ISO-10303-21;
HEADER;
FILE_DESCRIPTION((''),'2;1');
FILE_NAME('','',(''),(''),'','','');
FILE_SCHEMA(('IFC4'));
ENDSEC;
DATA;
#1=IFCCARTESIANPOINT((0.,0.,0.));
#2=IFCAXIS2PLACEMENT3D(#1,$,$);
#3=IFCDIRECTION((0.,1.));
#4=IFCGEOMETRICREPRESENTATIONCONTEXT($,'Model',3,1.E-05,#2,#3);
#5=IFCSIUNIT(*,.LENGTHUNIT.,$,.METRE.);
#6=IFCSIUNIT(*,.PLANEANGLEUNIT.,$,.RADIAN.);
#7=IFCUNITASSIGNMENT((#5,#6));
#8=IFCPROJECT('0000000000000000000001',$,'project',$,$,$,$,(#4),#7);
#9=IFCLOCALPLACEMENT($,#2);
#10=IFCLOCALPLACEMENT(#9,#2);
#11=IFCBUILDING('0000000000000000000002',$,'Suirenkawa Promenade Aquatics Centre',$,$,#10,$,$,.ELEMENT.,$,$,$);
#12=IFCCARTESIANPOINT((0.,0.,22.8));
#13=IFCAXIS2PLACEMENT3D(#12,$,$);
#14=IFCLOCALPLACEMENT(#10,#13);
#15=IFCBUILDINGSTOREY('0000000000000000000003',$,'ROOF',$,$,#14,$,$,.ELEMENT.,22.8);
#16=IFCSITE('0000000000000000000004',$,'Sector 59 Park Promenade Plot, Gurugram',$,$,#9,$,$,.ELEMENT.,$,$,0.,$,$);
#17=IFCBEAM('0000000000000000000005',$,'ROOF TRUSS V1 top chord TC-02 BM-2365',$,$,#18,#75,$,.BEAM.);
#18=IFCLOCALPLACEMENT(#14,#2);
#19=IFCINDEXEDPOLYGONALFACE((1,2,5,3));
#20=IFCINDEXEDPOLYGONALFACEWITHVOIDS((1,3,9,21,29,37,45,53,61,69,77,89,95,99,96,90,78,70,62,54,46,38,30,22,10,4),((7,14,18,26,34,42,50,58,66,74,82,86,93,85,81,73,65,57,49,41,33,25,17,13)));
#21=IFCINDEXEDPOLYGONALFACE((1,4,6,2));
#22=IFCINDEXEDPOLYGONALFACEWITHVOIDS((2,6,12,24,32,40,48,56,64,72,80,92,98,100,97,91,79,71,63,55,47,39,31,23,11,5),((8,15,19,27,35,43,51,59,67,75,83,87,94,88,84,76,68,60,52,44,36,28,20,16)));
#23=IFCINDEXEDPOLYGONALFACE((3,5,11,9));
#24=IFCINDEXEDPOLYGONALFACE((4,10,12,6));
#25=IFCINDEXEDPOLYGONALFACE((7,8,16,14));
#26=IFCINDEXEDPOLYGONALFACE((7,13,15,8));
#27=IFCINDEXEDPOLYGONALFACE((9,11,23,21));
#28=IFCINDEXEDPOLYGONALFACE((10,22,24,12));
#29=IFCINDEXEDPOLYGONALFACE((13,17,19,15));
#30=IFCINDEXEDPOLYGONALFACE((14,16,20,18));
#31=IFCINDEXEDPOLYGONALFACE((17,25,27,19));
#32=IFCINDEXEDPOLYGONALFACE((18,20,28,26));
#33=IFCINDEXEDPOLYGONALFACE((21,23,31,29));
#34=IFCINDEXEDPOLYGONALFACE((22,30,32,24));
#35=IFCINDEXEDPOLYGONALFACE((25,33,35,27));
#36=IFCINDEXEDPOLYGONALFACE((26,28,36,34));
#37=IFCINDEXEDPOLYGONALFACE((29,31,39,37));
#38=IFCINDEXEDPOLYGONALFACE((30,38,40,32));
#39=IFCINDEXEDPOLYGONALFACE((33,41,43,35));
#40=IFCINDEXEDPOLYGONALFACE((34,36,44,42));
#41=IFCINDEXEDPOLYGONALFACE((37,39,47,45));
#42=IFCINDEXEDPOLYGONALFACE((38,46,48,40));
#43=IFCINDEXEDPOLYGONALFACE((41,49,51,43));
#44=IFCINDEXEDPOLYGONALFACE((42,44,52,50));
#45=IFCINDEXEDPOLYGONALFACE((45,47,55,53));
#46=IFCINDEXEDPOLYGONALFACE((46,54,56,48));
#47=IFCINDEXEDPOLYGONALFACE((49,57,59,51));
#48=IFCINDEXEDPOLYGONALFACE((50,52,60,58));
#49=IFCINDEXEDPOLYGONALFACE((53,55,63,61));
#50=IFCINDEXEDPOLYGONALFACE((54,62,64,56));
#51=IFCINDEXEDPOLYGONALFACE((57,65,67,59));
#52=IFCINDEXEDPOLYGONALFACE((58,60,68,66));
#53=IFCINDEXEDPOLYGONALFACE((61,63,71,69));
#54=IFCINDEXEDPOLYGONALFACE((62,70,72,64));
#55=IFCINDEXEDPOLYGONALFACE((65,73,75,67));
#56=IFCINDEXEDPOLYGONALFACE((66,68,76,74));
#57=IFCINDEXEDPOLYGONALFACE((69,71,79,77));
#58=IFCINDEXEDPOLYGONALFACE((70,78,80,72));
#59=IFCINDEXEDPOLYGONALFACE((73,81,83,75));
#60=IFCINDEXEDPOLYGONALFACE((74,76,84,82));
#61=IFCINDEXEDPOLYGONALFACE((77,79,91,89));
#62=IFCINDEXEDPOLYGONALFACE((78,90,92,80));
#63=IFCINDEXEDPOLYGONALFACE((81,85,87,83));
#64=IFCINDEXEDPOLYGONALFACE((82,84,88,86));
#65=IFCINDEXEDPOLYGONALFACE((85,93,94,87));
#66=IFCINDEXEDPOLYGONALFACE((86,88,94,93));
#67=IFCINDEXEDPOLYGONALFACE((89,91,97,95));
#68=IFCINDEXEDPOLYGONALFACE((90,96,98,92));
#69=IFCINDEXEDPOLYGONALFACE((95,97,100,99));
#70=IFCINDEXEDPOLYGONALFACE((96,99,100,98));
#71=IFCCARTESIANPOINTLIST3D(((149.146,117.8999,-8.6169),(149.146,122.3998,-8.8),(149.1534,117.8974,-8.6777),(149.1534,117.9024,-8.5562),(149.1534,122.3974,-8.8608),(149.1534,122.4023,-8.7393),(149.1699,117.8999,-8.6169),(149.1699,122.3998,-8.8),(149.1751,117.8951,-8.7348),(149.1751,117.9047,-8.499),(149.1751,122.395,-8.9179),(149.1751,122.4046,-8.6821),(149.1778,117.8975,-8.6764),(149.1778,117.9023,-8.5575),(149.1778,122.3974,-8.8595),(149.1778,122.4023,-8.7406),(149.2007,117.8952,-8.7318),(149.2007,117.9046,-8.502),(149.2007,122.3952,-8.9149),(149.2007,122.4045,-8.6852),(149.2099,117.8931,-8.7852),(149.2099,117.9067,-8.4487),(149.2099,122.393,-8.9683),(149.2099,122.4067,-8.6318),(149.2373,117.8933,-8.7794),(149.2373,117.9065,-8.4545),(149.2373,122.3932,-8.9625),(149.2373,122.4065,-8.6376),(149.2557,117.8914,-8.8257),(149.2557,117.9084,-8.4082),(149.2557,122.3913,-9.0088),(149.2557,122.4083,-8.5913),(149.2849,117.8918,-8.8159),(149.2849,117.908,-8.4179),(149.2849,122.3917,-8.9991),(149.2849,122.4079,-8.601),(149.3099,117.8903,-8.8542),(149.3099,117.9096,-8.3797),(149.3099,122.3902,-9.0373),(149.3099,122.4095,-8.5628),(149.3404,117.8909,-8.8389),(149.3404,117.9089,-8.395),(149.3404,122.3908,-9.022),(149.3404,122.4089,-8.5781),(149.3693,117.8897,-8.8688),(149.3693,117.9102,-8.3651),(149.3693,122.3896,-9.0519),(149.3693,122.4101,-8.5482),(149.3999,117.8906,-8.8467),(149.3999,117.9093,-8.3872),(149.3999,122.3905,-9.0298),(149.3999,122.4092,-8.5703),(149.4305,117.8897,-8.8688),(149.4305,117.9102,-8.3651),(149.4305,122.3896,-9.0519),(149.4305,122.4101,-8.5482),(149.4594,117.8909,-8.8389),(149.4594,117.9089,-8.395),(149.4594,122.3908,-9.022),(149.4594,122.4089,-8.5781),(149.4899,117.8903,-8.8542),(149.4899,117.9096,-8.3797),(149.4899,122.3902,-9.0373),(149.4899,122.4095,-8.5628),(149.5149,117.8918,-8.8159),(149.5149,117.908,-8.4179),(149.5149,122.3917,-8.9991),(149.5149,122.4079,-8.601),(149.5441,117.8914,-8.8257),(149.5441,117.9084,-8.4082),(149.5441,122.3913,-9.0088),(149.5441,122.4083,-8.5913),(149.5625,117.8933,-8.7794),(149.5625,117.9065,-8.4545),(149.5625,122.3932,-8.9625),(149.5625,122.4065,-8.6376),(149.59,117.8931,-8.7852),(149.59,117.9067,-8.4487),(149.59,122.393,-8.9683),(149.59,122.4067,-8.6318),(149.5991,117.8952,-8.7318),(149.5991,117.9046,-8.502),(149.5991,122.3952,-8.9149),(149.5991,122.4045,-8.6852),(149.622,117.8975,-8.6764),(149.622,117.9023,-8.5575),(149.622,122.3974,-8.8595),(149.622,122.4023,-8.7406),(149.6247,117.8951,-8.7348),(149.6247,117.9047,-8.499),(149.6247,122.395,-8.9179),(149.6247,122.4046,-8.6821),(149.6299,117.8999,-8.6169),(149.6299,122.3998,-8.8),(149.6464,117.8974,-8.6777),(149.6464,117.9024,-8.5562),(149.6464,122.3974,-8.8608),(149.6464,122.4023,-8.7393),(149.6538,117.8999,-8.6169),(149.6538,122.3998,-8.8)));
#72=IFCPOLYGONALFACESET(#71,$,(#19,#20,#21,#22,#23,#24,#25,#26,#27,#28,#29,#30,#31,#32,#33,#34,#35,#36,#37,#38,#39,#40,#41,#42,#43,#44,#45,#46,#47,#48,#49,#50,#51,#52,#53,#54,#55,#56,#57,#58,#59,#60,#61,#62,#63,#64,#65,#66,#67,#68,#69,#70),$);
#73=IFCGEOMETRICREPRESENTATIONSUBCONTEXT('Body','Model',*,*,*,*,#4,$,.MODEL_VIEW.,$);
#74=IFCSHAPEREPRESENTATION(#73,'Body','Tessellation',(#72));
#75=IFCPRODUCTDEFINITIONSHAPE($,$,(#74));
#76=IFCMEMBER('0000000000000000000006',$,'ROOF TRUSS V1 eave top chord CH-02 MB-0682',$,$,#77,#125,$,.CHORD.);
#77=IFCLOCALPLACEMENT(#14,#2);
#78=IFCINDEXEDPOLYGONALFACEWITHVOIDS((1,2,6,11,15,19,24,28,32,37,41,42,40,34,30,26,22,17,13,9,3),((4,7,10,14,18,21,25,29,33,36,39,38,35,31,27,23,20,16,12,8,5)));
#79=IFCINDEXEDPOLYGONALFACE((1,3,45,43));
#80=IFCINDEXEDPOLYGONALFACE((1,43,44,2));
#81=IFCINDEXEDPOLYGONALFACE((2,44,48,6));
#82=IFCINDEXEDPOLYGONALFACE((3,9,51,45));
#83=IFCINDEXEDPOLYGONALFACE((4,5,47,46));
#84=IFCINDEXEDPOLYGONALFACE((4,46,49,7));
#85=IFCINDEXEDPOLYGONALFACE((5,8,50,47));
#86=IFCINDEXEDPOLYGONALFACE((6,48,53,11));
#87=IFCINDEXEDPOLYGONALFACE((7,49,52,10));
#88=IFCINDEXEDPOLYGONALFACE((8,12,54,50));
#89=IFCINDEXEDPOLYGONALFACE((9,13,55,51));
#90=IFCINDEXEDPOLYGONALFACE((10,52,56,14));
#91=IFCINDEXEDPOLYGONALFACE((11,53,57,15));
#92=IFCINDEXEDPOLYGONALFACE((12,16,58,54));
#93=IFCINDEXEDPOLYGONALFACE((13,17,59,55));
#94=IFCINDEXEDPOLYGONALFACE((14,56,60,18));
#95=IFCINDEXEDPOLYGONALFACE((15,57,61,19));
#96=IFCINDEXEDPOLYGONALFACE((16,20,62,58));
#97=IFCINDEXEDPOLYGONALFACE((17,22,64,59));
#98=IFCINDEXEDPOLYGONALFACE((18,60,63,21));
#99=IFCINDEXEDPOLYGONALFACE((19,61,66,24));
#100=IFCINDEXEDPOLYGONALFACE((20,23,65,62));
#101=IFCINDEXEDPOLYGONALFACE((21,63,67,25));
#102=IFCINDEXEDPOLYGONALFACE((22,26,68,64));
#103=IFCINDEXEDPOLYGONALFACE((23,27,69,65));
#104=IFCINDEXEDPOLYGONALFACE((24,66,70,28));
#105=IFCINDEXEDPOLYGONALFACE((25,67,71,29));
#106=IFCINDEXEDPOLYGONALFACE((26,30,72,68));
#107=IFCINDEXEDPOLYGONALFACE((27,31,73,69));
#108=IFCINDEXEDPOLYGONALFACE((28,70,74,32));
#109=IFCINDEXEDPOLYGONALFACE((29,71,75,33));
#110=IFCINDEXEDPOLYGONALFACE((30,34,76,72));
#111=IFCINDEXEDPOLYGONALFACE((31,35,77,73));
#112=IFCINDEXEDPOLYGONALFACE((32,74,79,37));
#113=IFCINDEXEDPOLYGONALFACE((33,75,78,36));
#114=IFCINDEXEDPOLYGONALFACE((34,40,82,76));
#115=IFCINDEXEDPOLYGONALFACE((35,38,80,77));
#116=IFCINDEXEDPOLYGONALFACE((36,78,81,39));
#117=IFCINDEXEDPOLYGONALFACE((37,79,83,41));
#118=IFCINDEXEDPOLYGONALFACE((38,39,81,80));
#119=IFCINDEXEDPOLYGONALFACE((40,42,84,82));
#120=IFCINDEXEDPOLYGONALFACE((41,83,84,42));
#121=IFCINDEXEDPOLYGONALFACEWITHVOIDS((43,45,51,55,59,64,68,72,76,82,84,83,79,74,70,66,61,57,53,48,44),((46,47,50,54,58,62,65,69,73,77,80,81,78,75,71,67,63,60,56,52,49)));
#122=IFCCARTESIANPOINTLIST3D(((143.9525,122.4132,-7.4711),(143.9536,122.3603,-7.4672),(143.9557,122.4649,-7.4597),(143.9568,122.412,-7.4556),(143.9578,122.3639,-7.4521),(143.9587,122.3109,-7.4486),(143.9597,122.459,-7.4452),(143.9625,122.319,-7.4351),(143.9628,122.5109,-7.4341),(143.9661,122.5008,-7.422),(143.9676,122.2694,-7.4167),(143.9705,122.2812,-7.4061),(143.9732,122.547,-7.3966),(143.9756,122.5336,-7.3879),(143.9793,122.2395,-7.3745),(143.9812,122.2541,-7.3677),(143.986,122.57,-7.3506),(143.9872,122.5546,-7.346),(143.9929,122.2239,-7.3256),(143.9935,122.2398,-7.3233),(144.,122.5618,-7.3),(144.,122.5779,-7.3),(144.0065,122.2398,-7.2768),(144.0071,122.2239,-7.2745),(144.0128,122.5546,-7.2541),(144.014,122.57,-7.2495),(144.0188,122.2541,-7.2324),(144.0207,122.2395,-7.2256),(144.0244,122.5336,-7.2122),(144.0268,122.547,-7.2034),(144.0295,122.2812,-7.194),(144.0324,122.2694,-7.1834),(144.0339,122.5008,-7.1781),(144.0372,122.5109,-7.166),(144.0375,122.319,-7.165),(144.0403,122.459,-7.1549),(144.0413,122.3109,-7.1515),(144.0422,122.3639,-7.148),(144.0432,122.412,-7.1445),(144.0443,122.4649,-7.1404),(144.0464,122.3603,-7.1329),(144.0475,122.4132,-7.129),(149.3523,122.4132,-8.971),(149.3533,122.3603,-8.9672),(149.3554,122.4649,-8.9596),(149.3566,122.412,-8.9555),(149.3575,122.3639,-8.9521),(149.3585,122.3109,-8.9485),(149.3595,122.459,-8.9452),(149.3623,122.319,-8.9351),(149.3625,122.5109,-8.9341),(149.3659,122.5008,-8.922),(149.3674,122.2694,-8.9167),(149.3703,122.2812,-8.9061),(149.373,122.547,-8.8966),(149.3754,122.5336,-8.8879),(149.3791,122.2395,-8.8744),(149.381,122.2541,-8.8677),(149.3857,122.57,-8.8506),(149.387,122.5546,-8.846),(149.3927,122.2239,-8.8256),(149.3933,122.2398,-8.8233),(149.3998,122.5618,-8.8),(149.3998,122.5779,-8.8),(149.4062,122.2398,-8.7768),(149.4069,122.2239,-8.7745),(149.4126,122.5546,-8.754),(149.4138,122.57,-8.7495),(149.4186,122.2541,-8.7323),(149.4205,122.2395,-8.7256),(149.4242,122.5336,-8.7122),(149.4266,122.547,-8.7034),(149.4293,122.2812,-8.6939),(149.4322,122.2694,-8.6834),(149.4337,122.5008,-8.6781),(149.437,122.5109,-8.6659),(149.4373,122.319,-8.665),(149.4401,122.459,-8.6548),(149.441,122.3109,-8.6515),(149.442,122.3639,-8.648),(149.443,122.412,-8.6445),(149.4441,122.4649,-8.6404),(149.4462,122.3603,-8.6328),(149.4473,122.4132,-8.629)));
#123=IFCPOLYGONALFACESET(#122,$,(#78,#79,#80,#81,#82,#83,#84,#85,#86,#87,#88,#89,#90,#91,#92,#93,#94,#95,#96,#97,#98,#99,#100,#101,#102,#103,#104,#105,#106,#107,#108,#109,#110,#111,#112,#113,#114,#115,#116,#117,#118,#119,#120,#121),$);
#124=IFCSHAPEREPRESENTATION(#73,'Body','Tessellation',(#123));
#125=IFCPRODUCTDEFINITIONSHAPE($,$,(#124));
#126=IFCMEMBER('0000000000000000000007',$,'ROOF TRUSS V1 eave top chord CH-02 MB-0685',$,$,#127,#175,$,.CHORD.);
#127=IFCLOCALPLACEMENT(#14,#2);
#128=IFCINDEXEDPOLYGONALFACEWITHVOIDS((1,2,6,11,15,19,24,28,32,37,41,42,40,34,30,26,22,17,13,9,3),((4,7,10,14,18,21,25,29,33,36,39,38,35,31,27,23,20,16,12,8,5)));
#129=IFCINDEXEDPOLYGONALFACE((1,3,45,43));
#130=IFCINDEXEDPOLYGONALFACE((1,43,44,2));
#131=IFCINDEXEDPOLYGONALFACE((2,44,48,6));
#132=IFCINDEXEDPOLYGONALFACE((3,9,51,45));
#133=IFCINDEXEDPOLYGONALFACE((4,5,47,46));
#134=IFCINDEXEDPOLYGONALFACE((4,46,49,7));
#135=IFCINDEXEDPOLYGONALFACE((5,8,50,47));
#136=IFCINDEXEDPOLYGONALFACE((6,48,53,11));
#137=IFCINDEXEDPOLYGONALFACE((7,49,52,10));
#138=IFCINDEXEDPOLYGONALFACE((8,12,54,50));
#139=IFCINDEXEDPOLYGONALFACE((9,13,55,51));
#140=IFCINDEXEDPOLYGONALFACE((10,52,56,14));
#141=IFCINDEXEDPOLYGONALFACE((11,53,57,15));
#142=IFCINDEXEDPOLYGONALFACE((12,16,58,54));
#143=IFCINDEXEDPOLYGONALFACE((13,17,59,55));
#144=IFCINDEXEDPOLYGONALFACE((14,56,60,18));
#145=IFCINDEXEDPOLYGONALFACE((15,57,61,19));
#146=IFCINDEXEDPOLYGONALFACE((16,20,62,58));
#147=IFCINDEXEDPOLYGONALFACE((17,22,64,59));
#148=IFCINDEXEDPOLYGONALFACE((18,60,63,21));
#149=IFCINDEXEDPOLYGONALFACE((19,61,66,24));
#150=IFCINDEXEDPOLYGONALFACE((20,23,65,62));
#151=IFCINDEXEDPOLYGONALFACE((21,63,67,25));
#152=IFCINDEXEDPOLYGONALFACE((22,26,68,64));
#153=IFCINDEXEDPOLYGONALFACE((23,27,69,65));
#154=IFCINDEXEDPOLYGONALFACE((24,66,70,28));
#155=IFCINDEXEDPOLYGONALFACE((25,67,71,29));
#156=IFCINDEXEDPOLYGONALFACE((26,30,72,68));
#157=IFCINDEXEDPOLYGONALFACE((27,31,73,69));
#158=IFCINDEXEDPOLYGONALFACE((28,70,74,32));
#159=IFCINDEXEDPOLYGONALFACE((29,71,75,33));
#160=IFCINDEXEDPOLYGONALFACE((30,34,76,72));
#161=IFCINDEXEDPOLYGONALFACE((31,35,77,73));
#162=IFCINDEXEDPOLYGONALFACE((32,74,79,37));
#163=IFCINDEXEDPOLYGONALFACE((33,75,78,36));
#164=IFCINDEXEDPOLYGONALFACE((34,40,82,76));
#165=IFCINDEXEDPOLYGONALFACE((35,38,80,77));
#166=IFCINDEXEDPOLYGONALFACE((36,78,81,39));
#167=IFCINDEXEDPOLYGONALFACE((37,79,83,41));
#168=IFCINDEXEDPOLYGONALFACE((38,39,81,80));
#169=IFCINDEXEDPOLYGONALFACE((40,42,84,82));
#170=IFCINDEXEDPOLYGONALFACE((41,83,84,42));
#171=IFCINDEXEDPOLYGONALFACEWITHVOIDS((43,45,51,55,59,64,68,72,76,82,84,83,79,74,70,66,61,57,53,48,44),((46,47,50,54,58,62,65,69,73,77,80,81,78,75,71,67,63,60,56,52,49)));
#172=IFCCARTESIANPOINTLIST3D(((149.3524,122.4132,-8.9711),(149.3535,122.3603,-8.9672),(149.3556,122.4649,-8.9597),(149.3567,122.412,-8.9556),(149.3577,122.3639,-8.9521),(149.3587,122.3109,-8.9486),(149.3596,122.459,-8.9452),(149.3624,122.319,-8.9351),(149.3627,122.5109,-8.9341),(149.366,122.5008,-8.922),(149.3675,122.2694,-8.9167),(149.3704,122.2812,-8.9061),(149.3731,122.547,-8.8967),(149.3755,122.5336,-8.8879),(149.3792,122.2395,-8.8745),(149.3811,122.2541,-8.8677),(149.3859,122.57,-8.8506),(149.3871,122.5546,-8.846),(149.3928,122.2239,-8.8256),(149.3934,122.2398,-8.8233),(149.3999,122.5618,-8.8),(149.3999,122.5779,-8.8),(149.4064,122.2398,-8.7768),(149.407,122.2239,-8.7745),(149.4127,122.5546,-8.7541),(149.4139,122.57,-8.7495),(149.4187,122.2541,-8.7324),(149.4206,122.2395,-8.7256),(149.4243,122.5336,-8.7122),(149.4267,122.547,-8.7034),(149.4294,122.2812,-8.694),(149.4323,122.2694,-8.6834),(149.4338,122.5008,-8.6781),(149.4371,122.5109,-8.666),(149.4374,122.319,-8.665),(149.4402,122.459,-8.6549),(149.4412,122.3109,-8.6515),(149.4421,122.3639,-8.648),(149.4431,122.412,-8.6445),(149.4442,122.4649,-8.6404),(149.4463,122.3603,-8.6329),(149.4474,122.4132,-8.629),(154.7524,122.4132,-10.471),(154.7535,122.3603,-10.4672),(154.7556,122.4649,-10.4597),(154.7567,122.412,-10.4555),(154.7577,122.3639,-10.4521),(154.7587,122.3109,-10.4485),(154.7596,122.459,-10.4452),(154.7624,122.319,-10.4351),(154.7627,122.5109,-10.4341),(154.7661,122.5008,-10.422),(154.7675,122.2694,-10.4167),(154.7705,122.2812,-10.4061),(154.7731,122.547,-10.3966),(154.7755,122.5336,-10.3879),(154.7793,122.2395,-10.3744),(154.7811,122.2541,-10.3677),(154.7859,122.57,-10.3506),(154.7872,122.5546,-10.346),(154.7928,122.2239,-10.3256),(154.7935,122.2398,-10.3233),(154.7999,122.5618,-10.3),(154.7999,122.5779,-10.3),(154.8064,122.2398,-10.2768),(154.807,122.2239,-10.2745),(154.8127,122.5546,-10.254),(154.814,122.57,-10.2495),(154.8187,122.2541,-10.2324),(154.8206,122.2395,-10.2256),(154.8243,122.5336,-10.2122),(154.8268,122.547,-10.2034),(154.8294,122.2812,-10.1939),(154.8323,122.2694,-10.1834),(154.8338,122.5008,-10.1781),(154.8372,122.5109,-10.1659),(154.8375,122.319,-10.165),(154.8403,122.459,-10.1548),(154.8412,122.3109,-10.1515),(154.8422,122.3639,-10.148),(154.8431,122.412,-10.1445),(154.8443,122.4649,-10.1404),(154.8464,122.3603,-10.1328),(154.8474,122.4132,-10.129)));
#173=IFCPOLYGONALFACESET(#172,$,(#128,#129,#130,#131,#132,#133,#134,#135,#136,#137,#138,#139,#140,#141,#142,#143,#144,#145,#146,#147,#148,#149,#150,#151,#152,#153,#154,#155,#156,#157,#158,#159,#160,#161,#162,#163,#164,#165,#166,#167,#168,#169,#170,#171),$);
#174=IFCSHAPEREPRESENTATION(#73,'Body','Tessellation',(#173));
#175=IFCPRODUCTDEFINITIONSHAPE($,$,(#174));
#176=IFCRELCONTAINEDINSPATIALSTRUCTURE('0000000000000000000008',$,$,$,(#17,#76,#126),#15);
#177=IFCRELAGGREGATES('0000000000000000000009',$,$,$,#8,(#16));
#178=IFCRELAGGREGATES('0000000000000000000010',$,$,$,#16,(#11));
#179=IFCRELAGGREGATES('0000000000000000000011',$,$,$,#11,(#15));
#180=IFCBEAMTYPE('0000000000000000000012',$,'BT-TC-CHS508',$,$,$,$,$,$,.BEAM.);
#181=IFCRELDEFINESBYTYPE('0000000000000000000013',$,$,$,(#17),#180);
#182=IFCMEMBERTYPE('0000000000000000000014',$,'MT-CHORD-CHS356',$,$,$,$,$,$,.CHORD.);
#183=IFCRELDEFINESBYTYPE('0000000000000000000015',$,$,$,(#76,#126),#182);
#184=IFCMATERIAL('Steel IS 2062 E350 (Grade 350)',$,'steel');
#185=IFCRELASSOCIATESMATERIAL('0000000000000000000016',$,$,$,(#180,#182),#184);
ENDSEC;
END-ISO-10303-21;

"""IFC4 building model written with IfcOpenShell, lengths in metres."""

from ifc_helpers import new_model, si_unit, direction, frame, origin, origin_2d, place, context, subcontext, project, spatial, hollow_circle, extrude, material, material_profile, profile_set, type_object, element, save


model = new_model("IFC4")

# Units and contexts
model_context = context("Model", 3, precision=1e-05, world=origin(), true_north=direction((0.0, 1.0)))
body_context = subcontext(model_context, "Body", "Model", "MODEL_VIEW")
ifc_project = project(units=[si_unit("LENGTHUNIT", "METRE"), si_unit("PLANEANGLEUNIT", "RADIAN")], contexts=[model_context])

# Site, building, storey
site_placement = place(None, origin())
site = spatial("IfcSite", under=ifc_project, at=site_placement, Name="Sector 59 Park Promenade Plot, Gurugram", CompositionType="ELEMENT", RefElevation=0.0)
building_placement = place(site_placement, origin())
building = spatial("IfcBuilding", under=site, at=building_placement, Name="Suirenkawa Promenade Aquatics Centre", CompositionType="ELEMENT")
storey_placement = place(building_placement, frame((0.0, 0.0, 22.8)))
storey = spatial("IfcBuildingStorey", under=building, at=storey_placement, Name="ROOF", CompositionType="ELEMENT", Elevation=22.8)

# Beam
ifc_material = material(Name="Steel IS 2062 E350 (Grade 350)", Category="steel")
ifc_material_profile_1 = material_profile(ifc_material, hollow_circle(Radius=0.2539, WallThickness=0.0239, at=origin_2d()), Name="CHS 508x24", Category="steel")
ifc_profile_set_1 = profile_set([ifc_material_profile_1], Name="Steel IS 2062 E350 (Grade 350)")
beam_type_1 = type_object("IfcBeamType", Name="BT-TC-CHS508", PredefinedType="BEAM", material=ifc_profile_set_1)
for number, where, z_axis, x_axis, name in (
    (1, (149.3999, 117.8999, -8.6169), (0.0, 0.999173, -0.040656), (-1.0, 0.0, 0.0), "ROOF TRUSS V1 top chord TC-02 BM-2365"),
):
    element("IfcBeam", number, at=place(storey_placement, frame(where, z_axis=z_axis, x_axis=x_axis)), inside=storey, type_object=beam_type_1, Name=name, PredefinedType="BEAM", context=body_context, shape_type="SweptSolid", body=[
        extrude(hollow_circle(Radius=0.2539, WallThickness=0.0239, at=origin_2d()), origin(), (0.0, 0.0, 1.0), 4.5037),
    ])

# Members
ifc_material_profile_2 = material_profile(ifc_material, hollow_circle(Radius=0.178, WallThickness=0.0161, at=origin_2d()), Name="CHS 356x16", Category="steel")
ifc_profile_set_2 = profile_set([ifc_material_profile_2], Name="Steel IS 2062 E350 (Grade 350)")
member_type_1 = type_object("IfcMemberType", Name="MT-CHORD-CHS356", PredefinedType="CHORD", material=ifc_profile_set_2)
member_1_placement = place(storey_placement, frame((144.0, 122.3999, -7.3), z_axis=(0.963517, 0.0, -0.267648), x_axis=(0.0, 1.0, 0.0)))
element("IfcMember", 2, at=member_1_placement, inside=storey, type_object=member_type_1, Name="ROOF TRUSS V1 eave top chord CH-02 MB-0682", PredefinedType="CHORD", context=body_context, shape_type="SweptSolid", body=[
    extrude(hollow_circle(Radius=0.178, WallThickness=0.0161, at=origin_2d()), origin(), (0.0, 0.0, 1.0), 5.6042),
])
for number, where, z_axis, x_axis, name in (
    (3, (149.3999, 122.3999, -8.8), (0.96352, 0.0, -0.267637), (0.0, 1.0, 0.0), "ROOF TRUSS V1 eave top chord CH-02 MB-0685"),
):
    element("IfcMember", number, at=place(storey_placement, frame(where, z_axis=z_axis, x_axis=x_axis)), inside=storey, type_object=member_type_1, Name=name, PredefinedType="CHORD", context=body_context, shape_type="SweptSolid", body=[
        extrude(hollow_circle(Radius=0.178, WallThickness=0.0161, at=origin_2d()), origin(), (0.0, 0.0, 1.0), 5.6045),
    ])

save(model, "model.ifc")
